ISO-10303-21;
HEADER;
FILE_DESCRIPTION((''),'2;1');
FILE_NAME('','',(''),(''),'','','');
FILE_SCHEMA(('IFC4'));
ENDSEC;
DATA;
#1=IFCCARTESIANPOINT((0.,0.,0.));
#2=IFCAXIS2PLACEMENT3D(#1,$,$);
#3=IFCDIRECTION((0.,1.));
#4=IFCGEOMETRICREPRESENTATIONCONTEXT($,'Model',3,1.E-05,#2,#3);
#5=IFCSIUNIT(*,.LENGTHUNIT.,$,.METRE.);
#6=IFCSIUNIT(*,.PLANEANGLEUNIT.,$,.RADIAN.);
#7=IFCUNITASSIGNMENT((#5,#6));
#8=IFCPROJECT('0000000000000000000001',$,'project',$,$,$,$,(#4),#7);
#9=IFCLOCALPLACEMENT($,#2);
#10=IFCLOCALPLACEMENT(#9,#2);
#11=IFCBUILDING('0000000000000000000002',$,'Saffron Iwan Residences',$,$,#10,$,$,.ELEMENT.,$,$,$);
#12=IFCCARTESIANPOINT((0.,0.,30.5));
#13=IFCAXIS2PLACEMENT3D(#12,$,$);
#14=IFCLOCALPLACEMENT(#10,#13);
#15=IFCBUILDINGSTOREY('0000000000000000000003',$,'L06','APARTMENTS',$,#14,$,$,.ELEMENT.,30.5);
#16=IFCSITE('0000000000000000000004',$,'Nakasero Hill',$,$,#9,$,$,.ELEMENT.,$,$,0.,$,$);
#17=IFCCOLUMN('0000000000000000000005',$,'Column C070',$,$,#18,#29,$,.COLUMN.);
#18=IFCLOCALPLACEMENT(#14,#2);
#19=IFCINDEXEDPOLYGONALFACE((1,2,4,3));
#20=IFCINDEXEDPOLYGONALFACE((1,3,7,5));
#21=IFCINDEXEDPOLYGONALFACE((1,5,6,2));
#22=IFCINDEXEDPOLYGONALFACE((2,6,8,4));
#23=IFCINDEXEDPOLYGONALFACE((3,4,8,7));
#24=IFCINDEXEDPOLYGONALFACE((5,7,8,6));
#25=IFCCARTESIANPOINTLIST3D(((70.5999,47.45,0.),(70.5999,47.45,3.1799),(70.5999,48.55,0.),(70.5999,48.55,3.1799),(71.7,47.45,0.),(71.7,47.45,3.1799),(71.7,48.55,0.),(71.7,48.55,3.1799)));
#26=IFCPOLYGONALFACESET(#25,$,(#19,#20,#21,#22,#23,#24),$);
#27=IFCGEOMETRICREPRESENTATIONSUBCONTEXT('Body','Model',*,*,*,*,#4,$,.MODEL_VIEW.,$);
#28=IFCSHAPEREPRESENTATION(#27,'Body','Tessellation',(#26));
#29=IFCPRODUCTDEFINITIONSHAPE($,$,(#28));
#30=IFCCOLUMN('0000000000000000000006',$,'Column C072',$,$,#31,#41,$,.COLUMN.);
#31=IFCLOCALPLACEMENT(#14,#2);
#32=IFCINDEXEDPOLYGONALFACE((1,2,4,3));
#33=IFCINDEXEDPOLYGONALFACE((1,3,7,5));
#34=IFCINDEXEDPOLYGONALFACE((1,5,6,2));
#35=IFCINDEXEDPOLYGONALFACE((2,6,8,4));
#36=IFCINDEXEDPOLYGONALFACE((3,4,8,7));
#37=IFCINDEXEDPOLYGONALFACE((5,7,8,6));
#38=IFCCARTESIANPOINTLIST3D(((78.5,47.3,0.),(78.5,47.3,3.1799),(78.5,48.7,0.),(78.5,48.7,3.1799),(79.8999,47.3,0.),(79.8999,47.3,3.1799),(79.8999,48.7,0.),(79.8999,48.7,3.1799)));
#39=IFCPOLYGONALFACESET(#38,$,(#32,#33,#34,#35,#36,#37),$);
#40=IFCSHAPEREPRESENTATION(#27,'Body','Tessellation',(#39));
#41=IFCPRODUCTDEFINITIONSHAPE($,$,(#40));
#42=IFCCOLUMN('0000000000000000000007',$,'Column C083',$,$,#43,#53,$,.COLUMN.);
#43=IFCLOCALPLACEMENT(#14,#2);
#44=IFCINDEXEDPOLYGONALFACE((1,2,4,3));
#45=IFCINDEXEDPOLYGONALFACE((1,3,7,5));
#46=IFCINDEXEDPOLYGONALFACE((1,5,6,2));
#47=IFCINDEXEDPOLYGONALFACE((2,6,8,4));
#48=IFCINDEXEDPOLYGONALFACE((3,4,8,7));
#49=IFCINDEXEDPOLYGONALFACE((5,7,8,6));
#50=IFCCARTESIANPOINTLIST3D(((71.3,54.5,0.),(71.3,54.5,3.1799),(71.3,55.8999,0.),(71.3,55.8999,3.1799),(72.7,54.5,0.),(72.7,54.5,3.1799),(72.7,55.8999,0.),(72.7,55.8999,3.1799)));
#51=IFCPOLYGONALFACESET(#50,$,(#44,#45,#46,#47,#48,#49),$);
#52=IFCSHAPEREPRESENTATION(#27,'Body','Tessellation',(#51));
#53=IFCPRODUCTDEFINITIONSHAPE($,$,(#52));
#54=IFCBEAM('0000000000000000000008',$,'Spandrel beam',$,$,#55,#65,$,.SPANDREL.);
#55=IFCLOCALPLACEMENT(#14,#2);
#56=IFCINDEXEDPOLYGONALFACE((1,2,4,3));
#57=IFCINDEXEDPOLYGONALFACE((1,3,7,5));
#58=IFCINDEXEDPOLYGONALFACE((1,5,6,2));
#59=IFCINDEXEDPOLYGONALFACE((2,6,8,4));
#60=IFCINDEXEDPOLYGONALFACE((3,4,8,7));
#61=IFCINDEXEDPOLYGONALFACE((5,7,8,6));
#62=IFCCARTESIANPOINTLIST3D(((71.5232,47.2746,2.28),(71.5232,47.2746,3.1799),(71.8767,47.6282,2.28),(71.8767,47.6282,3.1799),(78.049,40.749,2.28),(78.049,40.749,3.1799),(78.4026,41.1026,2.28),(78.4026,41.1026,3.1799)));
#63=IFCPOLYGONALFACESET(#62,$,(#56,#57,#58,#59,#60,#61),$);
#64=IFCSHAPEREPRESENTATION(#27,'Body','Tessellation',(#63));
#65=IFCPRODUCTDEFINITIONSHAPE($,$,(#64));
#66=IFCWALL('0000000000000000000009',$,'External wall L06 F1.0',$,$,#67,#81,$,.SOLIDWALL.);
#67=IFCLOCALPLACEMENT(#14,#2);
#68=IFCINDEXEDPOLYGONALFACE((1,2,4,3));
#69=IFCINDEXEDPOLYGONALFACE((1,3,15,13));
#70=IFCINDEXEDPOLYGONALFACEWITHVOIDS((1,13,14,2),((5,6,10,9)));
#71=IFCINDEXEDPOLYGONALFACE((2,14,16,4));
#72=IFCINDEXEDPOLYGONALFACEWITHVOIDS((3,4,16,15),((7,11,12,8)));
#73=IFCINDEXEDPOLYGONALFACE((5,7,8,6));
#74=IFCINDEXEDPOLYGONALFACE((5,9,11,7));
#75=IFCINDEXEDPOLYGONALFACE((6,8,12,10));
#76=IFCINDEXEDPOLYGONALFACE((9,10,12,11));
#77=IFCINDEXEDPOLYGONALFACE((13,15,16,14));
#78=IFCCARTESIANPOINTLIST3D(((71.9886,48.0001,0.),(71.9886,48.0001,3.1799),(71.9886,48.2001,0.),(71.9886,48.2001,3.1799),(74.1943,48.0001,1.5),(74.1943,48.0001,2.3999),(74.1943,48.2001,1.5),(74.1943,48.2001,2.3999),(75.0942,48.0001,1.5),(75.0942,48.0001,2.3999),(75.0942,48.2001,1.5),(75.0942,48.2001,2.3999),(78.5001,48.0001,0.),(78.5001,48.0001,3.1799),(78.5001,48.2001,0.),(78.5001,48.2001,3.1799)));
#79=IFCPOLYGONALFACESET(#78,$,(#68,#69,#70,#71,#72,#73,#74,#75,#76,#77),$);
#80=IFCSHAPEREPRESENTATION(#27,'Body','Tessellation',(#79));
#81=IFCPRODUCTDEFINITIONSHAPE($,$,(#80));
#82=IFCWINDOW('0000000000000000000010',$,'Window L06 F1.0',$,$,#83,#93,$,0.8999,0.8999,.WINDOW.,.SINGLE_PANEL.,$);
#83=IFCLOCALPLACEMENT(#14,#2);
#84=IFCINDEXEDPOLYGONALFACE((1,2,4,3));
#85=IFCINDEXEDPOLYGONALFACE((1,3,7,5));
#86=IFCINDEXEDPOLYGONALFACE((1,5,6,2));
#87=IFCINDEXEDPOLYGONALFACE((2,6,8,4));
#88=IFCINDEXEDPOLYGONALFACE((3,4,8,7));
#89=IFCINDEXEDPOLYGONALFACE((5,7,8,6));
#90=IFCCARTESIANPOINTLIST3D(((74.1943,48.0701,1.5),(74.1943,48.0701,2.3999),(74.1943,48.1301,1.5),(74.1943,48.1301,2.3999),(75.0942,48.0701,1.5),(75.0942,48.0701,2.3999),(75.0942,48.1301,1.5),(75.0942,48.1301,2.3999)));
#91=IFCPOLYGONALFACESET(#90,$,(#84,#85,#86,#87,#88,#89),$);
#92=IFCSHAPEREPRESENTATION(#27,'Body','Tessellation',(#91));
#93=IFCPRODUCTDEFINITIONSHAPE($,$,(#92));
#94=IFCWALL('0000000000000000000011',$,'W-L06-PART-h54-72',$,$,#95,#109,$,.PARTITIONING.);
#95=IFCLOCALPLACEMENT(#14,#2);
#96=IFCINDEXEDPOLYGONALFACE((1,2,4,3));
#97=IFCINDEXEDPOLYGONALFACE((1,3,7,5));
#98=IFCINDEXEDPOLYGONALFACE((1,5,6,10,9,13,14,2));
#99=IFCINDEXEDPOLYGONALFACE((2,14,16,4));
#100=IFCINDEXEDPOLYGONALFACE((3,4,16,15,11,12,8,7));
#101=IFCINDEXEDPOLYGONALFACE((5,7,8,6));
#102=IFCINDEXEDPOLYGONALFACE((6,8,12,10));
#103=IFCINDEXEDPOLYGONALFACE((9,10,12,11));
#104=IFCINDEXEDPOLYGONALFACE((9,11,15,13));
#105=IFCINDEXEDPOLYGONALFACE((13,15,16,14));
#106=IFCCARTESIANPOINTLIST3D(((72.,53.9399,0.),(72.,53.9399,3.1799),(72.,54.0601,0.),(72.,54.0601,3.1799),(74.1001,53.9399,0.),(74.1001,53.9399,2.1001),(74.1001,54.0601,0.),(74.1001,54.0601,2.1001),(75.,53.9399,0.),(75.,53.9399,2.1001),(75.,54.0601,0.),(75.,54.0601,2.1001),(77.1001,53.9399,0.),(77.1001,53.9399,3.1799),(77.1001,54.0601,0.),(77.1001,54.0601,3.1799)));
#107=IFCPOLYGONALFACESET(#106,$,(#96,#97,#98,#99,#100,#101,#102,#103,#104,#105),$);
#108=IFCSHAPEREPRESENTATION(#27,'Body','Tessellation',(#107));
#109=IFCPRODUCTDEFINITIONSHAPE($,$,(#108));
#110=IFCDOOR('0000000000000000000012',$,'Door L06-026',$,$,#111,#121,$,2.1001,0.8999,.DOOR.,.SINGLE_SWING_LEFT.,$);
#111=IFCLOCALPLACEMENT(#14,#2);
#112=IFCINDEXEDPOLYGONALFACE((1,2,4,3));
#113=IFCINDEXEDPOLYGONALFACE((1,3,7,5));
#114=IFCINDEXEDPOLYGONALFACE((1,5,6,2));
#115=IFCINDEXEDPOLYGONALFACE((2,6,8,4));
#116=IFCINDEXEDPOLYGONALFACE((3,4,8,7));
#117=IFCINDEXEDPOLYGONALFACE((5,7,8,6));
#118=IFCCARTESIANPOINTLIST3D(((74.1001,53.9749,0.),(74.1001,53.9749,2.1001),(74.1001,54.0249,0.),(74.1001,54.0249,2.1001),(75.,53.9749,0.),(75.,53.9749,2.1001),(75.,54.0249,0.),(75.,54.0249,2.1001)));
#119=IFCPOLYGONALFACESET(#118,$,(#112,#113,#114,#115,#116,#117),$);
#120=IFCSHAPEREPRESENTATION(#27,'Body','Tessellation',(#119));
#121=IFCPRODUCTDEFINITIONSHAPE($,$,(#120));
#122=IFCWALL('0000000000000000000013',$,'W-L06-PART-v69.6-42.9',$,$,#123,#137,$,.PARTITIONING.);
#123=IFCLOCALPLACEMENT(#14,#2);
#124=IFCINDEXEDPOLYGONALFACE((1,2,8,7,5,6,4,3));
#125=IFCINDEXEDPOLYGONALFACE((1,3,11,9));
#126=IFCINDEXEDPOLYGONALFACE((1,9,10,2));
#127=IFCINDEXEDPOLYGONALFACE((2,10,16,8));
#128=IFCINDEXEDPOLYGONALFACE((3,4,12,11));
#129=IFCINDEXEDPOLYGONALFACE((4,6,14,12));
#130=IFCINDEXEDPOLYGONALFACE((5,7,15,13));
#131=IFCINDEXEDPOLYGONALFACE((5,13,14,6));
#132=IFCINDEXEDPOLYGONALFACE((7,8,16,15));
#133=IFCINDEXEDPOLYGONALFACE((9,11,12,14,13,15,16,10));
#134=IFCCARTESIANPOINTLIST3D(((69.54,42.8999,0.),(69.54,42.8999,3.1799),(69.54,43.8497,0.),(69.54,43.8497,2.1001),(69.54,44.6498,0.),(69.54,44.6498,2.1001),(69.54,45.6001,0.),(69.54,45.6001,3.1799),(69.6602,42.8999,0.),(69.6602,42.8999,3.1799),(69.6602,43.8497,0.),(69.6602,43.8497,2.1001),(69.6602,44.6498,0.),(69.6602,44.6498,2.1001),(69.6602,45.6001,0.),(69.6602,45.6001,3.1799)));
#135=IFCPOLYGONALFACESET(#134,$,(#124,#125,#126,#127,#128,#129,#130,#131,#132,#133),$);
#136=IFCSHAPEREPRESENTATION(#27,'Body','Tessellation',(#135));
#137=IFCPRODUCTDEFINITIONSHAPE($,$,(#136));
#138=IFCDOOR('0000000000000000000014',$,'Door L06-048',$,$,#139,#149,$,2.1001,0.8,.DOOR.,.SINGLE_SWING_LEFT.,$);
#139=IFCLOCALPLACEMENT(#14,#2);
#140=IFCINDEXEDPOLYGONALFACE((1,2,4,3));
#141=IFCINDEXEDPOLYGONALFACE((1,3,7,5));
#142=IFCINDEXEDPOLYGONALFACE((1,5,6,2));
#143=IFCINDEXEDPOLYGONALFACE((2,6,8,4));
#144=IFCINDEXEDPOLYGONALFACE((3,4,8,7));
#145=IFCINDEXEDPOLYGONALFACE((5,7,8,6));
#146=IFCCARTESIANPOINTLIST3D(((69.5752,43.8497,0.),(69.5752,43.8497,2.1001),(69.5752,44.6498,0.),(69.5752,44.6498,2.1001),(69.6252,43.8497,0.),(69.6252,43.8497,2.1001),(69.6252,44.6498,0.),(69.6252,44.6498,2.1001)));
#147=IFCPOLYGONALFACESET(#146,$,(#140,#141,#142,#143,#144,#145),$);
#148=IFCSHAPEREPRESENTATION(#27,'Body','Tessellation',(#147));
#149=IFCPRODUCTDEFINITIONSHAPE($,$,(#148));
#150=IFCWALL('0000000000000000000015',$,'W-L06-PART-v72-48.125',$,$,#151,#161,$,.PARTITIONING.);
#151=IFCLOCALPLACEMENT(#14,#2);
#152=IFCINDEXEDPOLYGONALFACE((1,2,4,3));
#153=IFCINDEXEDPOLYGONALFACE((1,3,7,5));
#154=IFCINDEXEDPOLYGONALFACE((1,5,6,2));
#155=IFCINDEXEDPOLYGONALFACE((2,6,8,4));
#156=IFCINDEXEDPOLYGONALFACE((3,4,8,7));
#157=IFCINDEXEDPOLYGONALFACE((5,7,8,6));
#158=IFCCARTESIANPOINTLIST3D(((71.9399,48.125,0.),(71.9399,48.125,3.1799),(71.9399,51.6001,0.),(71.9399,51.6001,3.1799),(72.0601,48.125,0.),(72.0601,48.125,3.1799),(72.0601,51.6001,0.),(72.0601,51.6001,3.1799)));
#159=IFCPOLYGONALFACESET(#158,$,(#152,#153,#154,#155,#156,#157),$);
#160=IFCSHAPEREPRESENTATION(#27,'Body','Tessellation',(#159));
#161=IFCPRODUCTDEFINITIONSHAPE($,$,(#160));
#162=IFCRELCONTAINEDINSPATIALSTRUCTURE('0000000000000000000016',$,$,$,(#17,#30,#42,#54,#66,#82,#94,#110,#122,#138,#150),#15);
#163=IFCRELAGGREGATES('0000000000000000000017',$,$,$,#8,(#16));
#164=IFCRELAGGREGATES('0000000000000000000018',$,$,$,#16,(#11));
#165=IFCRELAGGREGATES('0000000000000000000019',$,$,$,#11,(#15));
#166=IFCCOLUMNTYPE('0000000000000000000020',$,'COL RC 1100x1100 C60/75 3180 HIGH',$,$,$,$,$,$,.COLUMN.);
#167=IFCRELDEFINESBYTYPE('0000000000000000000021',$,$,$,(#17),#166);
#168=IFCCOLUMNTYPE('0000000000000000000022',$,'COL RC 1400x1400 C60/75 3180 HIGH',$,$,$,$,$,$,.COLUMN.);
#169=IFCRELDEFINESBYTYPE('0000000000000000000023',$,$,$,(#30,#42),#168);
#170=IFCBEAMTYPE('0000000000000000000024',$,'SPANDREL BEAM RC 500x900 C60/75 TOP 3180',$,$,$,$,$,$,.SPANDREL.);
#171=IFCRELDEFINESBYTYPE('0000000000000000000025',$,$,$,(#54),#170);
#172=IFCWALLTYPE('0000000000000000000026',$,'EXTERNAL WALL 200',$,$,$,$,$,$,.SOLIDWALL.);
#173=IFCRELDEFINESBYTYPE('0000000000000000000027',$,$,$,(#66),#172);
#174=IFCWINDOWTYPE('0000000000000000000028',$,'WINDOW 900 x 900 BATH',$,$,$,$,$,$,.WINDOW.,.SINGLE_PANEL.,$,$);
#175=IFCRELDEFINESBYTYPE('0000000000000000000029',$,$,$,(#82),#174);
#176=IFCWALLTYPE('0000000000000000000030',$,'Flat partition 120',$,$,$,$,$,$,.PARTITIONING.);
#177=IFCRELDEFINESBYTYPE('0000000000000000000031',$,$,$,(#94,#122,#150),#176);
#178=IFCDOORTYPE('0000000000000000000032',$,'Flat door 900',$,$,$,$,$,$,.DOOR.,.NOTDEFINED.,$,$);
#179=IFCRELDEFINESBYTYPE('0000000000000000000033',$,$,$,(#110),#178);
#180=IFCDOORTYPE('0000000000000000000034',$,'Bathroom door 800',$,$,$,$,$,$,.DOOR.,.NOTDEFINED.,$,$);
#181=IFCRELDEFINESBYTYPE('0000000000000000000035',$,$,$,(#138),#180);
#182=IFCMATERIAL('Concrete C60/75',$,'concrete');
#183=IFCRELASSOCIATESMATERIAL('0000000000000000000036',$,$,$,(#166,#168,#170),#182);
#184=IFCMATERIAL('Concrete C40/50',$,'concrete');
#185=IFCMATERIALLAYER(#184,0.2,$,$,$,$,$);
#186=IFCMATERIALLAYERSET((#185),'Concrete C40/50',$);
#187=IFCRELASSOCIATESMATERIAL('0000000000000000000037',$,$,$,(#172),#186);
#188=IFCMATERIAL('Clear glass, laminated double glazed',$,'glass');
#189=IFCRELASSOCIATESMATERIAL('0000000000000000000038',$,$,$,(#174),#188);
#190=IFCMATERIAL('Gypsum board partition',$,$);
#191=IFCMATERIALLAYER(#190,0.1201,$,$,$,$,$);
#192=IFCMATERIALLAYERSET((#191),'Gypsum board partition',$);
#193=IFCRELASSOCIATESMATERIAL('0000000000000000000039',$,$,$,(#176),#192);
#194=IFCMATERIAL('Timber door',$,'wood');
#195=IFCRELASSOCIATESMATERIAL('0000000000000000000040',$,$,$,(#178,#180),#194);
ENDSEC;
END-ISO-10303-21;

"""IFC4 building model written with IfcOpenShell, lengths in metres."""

from ifc_helpers import new_model, si_unit, direction, frame, frame_2d, origin, origin_2d, place, context, subcontext, project, spatial, rectangle, extrude, source, transform, mapped, material, layer, layer_set, material_profile, profile_set, type_object, element, fill, save


model = new_model("IFC4")

# Units and contexts
model_context = context("Model", 3, precision=1e-05, world=origin(), true_north=direction((0.0, 1.0)))
body_context = subcontext(model_context, "Body", "Model", "MODEL_VIEW")
ifc_project = project(units=[si_unit("LENGTHUNIT", "METRE"), si_unit("PLANEANGLEUNIT", "RADIAN")], contexts=[model_context])

# Site, building, storey
site_placement = place(None, origin())
site = spatial("IfcSite", under=ifc_project, at=site_placement, Name="Nakasero Hill", CompositionType="ELEMENT", RefElevation=0.0)
building_placement = place(site_placement, origin())
building = spatial("IfcBuilding", under=site, at=building_placement, Name="Saffron Iwan Residences", CompositionType="ELEMENT")
storey_placement = place(building_placement, frame((0.0, 0.0, 30.5)))
storey = spatial("IfcBuildingStorey", under=building, at=storey_placement, Name="L06", Description="APARTMENTS", CompositionType="ELEMENT", Elevation=30.5)

# Columns
ifc_material_1 = material(Name="Concrete C60/75", Category="concrete")
ifc_material_profile_1 = material_profile(ifc_material_1, rectangle(XDim=1.1001, YDim=1.1001, at=origin_2d()), Name="RC 1100x1100")
ifc_profile_set_1 = profile_set([ifc_material_profile_1], Name="Concrete C60/75")
column_type_1 = type_object("IfcColumnType", Name="COL RC 1100x1100 C60/75 3180 HIGH", PredefinedType="COLUMN", material=ifc_profile_set_1)
shared_shape_1 = source(origin(), body_context, "Body", "SweptSolid", [
    extrude(rectangle(XDim=1.1001, YDim=1.1001, at=origin_2d()), origin(), (0.0, 0.0, 1.0), 3.1799),
])
column_placement = place(storey_placement, frame((71.1499, 48.0, 0.0), z_axis=(0.0, 0.0, 1.0), x_axis=(1.0, 0.0, 0.0)))
element("IfcColumn", 1, at=column_placement, inside=storey, type_object=column_type_1, Name="Column C070", PredefinedType="COLUMN", context=body_context, shape_type="MappedRepresentation", body=[
    mapped(shared_shape_1, transform((0.0, 0.0, 0.0))),
])
ifc_material_profile_2 = material_profile(ifc_material_1, rectangle(XDim=1.3999, YDim=1.3999, at=origin_2d()), Name="RC 1400x1400")
ifc_profile_set_2 = profile_set([ifc_material_profile_2], Name="Concrete C60/75")
column_type_2 = type_object("IfcColumnType", Name="COL RC 1400x1400 C60/75 3180 HIGH", PredefinedType="COLUMN", material=ifc_profile_set_2)
shared_shape_2 = source(origin(), body_context, "Body", "SweptSolid", [
    extrude(rectangle(XDim=1.3999, YDim=1.3999, at=origin_2d()), origin(), (0.0, 0.0, 1.0), 3.1799),
])
for number, where, z_axis, x_axis, name in (
    (2, (79.2, 48.0, 0.0), (0.0, 0.0, 1.0), (1.0, 0.0, 0.0), "Column C072"),
    (3, (72.0, 55.2, 0.0), (0.0, 0.0, 1.0), (1.0, 0.0, 0.0), "Column C083"),
):
    element("IfcColumn", number, at=place(storey_placement, frame(where, z_axis=z_axis, x_axis=x_axis)), inside=storey, type_object=column_type_2, Name=name, PredefinedType="COLUMN", context=body_context, shape_type="MappedRepresentation", body=[
        mapped(shared_shape_2, transform((0.0, 0.0, 0.0))),
    ])

# Beam
ifc_material_profile_3 = material_profile(ifc_material_1, rectangle(XDim=0.5, YDim=0.8999, at=origin_2d()), Name="RC 500x900")
ifc_profile_set_3 = profile_set([ifc_material_profile_3], Name="Concrete C60/75")
beam_type = type_object("IfcBeamType", Name="SPANDREL BEAM RC 500x900 C60/75 TOP 3180", PredefinedType="SPANDREL", material=ifc_profile_set_3)
shared_shape_3 = source(origin(), body_context, "Body", "SweptSolid", [
    extrude(rectangle(XDim=0.5, YDim=0.8999, at=origin_2d()), origin(), (0.0, 0.0, 1.0), 9.2288),
])
beam_placement = place(storey_placement, frame((71.7, 47.4514, 2.73), z_axis=(0.70712, -0.707094, 0.0), x_axis=(0.707094, 0.70712, 0.0)))
element("IfcBeam", 4, at=beam_placement, inside=storey, type_object=beam_type, Name="Spandrel beam", PredefinedType="SPANDREL", context=body_context, shape_type="MappedRepresentation", body=[
    mapped(shared_shape_3, transform((0.0, 0.0, 0.0))),
])

# Wall, opening, window
ifc_material_2 = material(Name="Concrete C40/50", Category="concrete")
ifc_layer_1 = layer(ifc_material_2, 0.2)
ifc_layer_set_1 = layer_set([ifc_layer_1], Name="Concrete C40/50")
wall_type_1 = type_object("IfcWallType", Name="EXTERNAL WALL 200", PredefinedType="SOLIDWALL", material=ifc_layer_set_1)
wall_1_placement = place(storey_placement, frame((71.9885, 48.1001, 0.0), z_axis=(0.0, 0.0, 1.0), x_axis=(1.0, 0.0, 0.0)))
wall_1 = element("IfcWall", 5, at=wall_1_placement, inside=storey, type_object=wall_type_1, Name="External wall L06 F1.0", PredefinedType="SOLIDWALL", context=body_context, shape_type="SweptSolid", body=[
    extrude(rectangle(XDim=6.5115, YDim=0.2, at=frame_2d((3.2559, 0.0))), origin(), (0.0, 0.0, 1.0), 3.1799),
])
opening_1_placement = place(wall_1_placement, frame((2.2058, 0.0, 1.5)))
opening_1 = element("IfcOpeningElement", 6, at=opening_1_placement, cuts=wall_1, PredefinedType="OPENING", context=body_context, shape_type="SweptSolid", body=[
    extrude(rectangle(XDim=0.8999, YDim=0.8999, at=frame_2d((0.45, 0.45))), frame((0.0, 0.1099, 0.0), z_axis=(0.0, -1.0, 0.0), x_axis=(1.0, 0.0, 0.0)), (0.0, 0.0, 1.0), 0.22),
])
ifc_material_3 = material(Name="Clear glass, laminated double glazed", Category="glass")
window_type = type_object("IfcWindowType", Name="WINDOW 900 x 900 BATH", PartitioningType="SINGLE_PANEL", PredefinedType="WINDOW", material=ifc_material_3)
window_placement = place(opening_1_placement, origin())
window = element("IfcWindow", 7, at=window_placement, inside=storey, type_object=window_type, Name="Window L06 F1.0", OverallHeight=0.8999, OverallWidth=0.8999, PartitioningType="SINGLE_PANEL", PredefinedType="WINDOW", context=body_context, shape_type="SweptSolid", body=[
    extrude(rectangle(XDim=0.8999, YDim=0.8999, at=frame_2d((0.45, 0.45))), frame((0.0, 0.03, 0.0), z_axis=(0.0, -1.0, 0.0), x_axis=(1.0, 0.0, 0.0)), (0.0, 0.0, 1.0), 0.0601),
])
fill(opening_1, window)

# Walls, openings, doors
ifc_material_4 = material(Name="Gypsum board partition")
ifc_layer_2 = layer(ifc_material_4, 0.1201)
ifc_layer_set_2 = layer_set([ifc_layer_2], Name="Gypsum board partition")
wall_type_2 = type_object("IfcWallType", Name="Flat partition 120", PredefinedType="PARTITIONING", material=ifc_layer_set_2)
wall_2_placement = place(storey_placement, frame((72.0, 54.0, 0.0), z_axis=(0.0, 0.0, 1.0), x_axis=(1.0, 0.0, 0.0)))
wall_2 = element("IfcWall", 8, at=wall_2_placement, inside=storey, type_object=wall_type_2, Name="W-L06-PART-h54-72", PredefinedType="PARTITIONING", context=body_context, shape_type="SweptSolid", body=[
    extrude(rectangle(XDim=5.1001, YDim=0.1201, at=frame_2d((2.55, 0.0))), origin(), (0.0, 0.0, 1.0), 3.1799),
])
opening_2_placement = place(wall_2_placement, frame((2.1001, 0.0, 0.0)))
opening_2 = element("IfcOpeningElement", 9, at=opening_2_placement, cuts=wall_2, PredefinedType="OPENING", context=body_context, shape_type="SweptSolid", body=[
    extrude(rectangle(XDim=0.8999, YDim=2.1001, at=frame_2d((0.45, 1.05))), frame((0.0, 0.0701, 0.0), z_axis=(0.0, -1.0, 0.0), x_axis=(1.0, 0.0, 0.0)), (0.0, 0.0, 1.0), 0.1401),
])
ifc_material_5 = material(Name="Timber door", Category="wood")
door_type_1 = type_object("IfcDoorType", Name="Flat door 900", OperationType="NOTDEFINED", PredefinedType="DOOR", material=ifc_material_5)
door_1_placement = place(opening_2_placement, origin())
door_1 = element("IfcDoor", 10, at=door_1_placement, inside=storey, type_object=door_type_1, Name="Door L06-026", OperationType="SINGLE_SWING_LEFT", OverallHeight=2.1001, OverallWidth=0.8999, PredefinedType="DOOR", context=body_context, shape_type="SweptSolid", body=[
    extrude(rectangle(XDim=0.8999, YDim=2.1001, at=frame_2d((0.45, 1.05))), frame((0.0, 0.0249, 0.0), z_axis=(0.0, -1.0, 0.0), x_axis=(1.0, 0.0, 0.0)), (0.0, 0.0, 1.0), 0.05),
])
fill(opening_2, door_1)
wall_3_placement = place(storey_placement, frame((69.6001, 42.8999, 0.0), z_axis=(0.0, 0.0, 1.0), x_axis=(0.0, 1.0, 0.0)))
wall_3 = element("IfcWall", 11, at=wall_3_placement, inside=storey, type_object=wall_type_2, Name="W-L06-PART-v69.6-42.9", PredefinedType="PARTITIONING", context=body_context, shape_type="SweptSolid", body=[
    extrude(rectangle(XDim=2.7002, YDim=0.1201, at=frame_2d((1.3501, 0.0))), origin(), (0.0, 0.0, 1.0), 3.1799),
])
opening_3_placement = place(wall_3_placement, frame((0.95, 0.0, 0.0)))
opening_3 = element("IfcOpeningElement", 12, at=opening_3_placement, cuts=wall_3, PredefinedType="OPENING", context=body_context, shape_type="SweptSolid", body=[
    extrude(rectangle(XDim=0.8, YDim=2.1001, at=frame_2d((0.3999, 1.05))), frame((0.0, 0.0701, 0.0), z_axis=(0.0, -1.0, 0.0), x_axis=(1.0, 0.0, 0.0)), (0.0, 0.0, 1.0), 0.1401),
])
door_type_2 = type_object("IfcDoorType", Name="Bathroom door 800", OperationType="NOTDEFINED", PredefinedType="DOOR", material=ifc_material_5)
door_2_placement = place(opening_3_placement, origin())
door_2 = element("IfcDoor", 13, at=door_2_placement, inside=storey, type_object=door_type_2, Name="Door L06-048", OperationType="SINGLE_SWING_LEFT", OverallHeight=2.1001, OverallWidth=0.8, PredefinedType="DOOR", context=body_context, shape_type="SweptSolid", body=[
    extrude(rectangle(XDim=0.8, YDim=2.1001, at=frame_2d((0.3999, 1.05))), frame((0.0, 0.0249, 0.0), z_axis=(0.0, -1.0, 0.0), x_axis=(1.0, 0.0, 0.0)), (0.0, 0.0, 1.0), 0.05),
])
fill(opening_3, door_2)

# Wall
for number, where, z_axis, x_axis, name in (
    (14, (72.0, 48.125, 0.0), (0.0, 0.0, 1.0), (0.0, 1.0, 0.0), "W-L06-PART-v72-48.125"),
):
    element("IfcWall", number, at=place(storey_placement, frame(where, z_axis=z_axis, x_axis=x_axis)), inside=storey, type_object=wall_type_2, Name=name, PredefinedType="PARTITIONING", context=body_context, shape_type="SweptSolid", body=[
        extrude(rectangle(XDim=3.4751, YDim=0.1201, at=frame_2d((1.7375, 0.0))), origin(), (0.0, 0.0, 1.0), 3.1799),
    ])

save(model, "model.ifc")
